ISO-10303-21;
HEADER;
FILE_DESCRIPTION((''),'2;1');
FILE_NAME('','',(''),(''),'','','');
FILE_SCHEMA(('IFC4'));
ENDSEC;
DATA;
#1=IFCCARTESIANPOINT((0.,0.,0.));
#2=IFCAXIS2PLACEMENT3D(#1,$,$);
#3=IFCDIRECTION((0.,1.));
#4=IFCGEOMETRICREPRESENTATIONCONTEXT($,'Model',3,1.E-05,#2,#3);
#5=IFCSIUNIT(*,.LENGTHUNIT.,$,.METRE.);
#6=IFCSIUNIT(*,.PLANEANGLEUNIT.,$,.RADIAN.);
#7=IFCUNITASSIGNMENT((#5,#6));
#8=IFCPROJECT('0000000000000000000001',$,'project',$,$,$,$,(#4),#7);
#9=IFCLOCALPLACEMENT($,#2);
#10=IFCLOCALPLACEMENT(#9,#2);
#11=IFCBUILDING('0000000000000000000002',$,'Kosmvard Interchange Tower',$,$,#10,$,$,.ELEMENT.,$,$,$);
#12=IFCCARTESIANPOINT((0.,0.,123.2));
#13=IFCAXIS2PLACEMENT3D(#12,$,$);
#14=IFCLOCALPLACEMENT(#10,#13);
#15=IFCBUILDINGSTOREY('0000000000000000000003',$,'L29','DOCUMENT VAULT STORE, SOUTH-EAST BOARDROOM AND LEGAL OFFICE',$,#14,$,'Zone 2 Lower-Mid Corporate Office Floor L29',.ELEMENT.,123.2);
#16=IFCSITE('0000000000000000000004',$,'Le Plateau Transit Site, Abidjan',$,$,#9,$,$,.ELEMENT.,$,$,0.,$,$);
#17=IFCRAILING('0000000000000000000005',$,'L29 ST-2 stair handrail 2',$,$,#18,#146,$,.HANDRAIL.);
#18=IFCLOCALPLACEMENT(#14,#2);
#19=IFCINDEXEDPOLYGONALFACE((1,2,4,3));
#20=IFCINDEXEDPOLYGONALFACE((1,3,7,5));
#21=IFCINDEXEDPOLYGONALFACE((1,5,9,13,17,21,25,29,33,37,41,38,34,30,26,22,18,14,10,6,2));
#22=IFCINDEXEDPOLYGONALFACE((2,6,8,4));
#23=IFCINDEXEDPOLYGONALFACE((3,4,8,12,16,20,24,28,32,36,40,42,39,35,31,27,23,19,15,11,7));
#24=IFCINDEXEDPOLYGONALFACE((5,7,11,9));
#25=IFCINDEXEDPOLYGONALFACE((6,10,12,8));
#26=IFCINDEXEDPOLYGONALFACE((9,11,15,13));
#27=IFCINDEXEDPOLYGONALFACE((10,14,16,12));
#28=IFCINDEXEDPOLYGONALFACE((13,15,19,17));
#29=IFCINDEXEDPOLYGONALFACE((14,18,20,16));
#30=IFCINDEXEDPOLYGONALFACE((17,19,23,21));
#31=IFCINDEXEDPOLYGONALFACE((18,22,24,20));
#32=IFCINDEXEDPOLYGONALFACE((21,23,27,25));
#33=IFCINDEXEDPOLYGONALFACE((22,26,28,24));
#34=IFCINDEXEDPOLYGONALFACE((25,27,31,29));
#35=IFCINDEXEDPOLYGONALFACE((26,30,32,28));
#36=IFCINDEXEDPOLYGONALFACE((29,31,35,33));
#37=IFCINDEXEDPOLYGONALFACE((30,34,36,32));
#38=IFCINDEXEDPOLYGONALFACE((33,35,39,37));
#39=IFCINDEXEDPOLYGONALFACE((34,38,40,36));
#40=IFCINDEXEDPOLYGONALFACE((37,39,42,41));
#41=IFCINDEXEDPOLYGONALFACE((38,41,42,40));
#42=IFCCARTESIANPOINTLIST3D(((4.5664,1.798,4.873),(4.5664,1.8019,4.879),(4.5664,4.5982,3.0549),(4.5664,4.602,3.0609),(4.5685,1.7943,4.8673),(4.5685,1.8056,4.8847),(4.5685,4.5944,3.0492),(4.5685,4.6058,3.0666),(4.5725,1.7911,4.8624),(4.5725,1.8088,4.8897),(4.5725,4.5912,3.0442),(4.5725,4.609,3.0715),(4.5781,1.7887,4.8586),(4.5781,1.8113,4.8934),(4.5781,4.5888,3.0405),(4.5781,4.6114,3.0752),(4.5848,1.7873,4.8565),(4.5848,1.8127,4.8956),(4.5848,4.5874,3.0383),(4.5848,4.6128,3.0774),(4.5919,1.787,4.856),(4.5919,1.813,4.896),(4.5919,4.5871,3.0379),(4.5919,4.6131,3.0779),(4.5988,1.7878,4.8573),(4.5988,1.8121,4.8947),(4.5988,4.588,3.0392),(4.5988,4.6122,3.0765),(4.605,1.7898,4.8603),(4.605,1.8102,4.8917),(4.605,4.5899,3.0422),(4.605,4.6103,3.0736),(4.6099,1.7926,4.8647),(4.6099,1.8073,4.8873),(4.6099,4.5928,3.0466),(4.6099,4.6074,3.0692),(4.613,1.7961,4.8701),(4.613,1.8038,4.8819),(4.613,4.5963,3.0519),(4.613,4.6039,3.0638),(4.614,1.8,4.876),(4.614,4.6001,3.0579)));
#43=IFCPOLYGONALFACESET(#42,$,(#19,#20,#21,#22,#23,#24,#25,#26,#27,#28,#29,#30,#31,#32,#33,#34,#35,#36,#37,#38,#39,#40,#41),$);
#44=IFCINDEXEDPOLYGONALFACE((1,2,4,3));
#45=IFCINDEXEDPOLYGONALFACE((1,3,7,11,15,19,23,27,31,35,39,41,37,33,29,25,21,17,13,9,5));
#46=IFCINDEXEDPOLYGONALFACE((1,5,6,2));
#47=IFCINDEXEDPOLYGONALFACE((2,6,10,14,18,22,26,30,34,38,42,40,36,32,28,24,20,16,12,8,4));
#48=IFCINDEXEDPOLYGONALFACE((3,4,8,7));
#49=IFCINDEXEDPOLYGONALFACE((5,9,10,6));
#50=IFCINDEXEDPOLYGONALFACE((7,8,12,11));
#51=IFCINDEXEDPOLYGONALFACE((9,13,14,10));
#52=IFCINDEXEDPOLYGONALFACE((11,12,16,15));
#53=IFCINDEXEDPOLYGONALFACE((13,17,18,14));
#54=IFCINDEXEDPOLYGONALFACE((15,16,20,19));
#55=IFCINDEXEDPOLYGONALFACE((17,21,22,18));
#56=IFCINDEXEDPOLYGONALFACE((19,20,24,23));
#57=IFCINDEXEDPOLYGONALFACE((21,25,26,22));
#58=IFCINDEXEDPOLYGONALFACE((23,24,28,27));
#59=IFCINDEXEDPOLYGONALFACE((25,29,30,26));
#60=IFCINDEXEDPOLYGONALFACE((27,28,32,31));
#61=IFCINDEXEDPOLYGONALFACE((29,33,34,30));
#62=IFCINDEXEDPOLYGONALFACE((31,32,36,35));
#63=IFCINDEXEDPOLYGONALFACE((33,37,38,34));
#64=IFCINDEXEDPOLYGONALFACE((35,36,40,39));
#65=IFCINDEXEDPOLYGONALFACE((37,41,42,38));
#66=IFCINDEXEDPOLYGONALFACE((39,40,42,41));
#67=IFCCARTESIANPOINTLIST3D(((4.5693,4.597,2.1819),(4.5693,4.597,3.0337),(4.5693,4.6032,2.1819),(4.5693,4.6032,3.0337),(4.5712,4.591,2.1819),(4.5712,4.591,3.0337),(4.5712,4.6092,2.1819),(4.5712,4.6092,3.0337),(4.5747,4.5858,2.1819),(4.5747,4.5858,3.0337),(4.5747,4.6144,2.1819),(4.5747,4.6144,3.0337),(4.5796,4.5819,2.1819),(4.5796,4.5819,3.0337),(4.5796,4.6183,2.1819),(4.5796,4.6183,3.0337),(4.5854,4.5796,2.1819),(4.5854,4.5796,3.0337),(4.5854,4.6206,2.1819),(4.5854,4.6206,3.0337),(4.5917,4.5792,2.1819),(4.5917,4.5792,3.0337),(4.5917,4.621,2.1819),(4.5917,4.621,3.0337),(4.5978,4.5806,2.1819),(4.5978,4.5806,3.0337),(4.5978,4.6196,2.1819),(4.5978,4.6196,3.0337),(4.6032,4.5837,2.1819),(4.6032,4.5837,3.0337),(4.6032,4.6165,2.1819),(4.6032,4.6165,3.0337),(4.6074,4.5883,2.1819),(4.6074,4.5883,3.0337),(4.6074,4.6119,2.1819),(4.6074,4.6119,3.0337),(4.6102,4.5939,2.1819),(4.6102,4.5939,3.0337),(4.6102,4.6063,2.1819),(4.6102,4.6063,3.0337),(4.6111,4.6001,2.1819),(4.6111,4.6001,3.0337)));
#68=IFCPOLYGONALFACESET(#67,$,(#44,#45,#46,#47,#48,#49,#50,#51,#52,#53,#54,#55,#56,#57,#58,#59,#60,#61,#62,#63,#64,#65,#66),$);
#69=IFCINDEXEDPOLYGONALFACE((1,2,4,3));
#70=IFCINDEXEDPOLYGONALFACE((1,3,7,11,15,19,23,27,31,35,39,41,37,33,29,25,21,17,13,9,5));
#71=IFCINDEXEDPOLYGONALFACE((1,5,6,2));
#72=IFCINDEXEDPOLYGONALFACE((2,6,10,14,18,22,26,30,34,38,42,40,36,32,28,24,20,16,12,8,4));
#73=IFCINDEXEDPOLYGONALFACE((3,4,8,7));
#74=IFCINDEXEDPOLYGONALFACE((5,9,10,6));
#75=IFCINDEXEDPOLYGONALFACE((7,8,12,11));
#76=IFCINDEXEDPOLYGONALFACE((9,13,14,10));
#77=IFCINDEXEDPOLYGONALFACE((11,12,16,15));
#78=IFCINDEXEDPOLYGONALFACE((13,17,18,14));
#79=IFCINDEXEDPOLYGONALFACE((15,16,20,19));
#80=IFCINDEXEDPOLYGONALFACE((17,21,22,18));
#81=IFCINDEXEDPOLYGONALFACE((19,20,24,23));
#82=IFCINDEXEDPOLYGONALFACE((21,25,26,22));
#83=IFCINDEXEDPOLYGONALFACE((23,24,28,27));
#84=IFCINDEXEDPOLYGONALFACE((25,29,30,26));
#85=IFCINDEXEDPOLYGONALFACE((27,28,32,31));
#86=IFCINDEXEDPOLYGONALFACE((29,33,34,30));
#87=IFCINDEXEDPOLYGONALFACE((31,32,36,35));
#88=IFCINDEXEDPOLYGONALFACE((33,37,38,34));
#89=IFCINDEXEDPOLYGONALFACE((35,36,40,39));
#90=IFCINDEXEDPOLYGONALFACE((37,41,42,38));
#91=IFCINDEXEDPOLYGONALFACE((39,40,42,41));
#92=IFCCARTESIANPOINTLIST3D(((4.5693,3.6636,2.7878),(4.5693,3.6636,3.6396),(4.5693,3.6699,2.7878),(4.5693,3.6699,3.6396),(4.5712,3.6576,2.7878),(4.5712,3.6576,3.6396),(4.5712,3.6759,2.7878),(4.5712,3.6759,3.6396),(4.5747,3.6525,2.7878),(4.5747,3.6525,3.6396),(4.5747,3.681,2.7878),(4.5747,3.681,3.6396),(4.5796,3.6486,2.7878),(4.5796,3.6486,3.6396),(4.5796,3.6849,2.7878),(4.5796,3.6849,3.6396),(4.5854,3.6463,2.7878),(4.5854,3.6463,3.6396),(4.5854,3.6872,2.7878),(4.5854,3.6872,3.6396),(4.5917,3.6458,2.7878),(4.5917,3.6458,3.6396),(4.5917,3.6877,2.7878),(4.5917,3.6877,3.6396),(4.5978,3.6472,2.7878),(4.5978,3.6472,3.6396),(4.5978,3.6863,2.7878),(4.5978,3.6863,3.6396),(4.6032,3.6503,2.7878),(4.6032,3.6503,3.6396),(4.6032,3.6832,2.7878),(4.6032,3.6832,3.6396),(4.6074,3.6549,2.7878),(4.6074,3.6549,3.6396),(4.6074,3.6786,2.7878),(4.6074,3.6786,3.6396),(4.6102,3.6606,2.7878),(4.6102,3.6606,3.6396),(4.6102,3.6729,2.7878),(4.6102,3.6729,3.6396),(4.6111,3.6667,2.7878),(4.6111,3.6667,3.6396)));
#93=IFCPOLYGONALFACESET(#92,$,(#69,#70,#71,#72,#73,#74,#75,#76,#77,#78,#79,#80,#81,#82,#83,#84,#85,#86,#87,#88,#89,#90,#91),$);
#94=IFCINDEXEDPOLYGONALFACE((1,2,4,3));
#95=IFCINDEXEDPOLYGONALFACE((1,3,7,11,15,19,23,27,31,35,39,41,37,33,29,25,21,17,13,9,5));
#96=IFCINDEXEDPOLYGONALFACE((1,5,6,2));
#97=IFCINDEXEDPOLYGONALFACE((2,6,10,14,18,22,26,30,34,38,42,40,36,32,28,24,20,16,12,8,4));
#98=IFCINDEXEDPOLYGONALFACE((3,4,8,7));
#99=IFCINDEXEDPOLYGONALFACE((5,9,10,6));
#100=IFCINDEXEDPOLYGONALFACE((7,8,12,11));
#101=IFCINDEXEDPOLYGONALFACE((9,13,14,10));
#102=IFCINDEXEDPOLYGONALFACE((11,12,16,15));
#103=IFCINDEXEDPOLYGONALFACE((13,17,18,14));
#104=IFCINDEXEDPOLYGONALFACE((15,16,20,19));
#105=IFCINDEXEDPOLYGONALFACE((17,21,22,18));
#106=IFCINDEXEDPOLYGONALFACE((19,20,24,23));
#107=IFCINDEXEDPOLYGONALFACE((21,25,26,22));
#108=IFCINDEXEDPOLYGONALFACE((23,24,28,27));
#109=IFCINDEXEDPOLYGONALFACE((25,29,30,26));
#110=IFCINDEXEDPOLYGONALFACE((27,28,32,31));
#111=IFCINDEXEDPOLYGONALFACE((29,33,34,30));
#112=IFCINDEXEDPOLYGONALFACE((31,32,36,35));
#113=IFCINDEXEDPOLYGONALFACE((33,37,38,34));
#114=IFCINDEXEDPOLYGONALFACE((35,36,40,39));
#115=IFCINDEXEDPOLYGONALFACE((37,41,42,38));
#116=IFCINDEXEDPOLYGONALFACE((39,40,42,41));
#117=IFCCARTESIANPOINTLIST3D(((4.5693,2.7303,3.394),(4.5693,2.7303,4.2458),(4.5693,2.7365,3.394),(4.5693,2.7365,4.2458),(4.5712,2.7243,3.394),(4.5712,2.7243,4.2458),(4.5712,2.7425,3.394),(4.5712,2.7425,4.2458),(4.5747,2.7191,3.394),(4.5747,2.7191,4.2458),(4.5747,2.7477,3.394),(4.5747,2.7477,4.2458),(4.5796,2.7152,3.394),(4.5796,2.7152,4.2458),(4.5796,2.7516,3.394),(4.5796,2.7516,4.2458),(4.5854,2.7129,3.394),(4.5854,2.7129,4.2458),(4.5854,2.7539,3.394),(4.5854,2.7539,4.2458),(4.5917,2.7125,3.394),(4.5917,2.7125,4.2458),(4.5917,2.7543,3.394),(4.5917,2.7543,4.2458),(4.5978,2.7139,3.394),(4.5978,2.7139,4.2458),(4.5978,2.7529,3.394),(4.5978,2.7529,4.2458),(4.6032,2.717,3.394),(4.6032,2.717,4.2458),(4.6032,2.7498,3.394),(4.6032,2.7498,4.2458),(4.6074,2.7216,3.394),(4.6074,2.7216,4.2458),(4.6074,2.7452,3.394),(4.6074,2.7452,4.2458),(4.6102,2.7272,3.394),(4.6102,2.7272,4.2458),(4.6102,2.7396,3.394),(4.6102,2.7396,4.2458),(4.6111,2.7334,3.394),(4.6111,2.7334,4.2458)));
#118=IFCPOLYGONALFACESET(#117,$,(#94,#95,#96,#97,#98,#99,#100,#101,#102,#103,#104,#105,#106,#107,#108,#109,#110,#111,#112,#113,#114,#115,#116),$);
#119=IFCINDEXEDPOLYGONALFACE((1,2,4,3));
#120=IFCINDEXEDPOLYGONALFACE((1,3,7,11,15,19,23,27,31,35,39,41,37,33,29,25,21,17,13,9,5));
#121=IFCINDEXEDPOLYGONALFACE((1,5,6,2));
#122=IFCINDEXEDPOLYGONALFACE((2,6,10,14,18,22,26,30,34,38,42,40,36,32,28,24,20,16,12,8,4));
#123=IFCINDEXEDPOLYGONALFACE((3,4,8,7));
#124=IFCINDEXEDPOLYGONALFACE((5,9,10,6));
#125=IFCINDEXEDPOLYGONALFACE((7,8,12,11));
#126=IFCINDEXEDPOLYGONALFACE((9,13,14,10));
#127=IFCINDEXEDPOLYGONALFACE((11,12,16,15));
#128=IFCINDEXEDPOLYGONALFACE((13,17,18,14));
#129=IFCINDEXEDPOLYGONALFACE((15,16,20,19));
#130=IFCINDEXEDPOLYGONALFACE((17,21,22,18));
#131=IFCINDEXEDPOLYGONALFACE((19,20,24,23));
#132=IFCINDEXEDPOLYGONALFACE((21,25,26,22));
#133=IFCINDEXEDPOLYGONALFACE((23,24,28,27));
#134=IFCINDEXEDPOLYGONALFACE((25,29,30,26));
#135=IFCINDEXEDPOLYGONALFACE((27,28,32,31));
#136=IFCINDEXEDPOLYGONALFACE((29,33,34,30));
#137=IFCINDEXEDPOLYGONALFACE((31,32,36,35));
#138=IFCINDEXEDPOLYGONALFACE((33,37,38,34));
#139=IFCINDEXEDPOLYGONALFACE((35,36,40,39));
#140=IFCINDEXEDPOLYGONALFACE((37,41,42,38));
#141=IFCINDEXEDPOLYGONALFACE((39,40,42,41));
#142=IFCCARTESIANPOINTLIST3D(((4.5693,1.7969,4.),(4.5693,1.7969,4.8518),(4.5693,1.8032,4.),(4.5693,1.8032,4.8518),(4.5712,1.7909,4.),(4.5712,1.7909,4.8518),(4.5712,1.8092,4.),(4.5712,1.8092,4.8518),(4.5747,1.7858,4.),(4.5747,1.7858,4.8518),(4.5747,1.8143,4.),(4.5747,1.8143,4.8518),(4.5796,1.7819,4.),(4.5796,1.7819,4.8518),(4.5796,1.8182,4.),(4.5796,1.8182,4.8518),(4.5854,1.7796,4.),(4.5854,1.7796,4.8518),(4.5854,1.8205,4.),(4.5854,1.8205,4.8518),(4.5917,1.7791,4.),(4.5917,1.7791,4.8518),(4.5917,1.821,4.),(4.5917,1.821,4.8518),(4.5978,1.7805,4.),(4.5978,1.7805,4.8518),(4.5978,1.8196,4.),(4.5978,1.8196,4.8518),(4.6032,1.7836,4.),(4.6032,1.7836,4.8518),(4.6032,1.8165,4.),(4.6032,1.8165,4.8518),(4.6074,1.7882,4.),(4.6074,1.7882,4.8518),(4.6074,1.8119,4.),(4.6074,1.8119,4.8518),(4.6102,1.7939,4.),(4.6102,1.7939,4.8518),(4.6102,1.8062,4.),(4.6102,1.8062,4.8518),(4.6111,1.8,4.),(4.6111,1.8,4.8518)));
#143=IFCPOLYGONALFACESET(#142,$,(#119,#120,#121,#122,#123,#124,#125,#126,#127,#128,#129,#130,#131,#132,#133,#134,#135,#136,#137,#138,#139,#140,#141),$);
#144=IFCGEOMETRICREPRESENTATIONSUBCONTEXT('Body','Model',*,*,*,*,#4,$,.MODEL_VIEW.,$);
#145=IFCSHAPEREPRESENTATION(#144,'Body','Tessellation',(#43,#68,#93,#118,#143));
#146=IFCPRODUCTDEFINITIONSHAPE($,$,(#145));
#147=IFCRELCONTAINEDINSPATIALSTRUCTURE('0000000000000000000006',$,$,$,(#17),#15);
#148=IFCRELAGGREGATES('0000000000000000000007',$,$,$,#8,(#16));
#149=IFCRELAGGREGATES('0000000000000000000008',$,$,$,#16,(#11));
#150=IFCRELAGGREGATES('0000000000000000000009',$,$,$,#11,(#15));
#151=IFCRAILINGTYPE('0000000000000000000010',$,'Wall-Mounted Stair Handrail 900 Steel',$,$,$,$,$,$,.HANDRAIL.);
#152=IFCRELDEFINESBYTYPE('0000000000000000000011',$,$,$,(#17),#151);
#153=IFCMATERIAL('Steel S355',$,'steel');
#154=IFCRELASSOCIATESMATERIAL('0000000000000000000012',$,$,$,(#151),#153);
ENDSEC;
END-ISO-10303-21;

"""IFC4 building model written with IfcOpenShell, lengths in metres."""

from ifc_helpers import new_model, si_unit, direction, frame, origin, origin_2d, place, context, subcontext, project, spatial, circle, extrude, source, transform, mapped, material, type_object, element, save


model = new_model("IFC4")

# Units and contexts
model_context = context("Model", 3, precision=1e-05, world=origin(), true_north=direction((0.0, 1.0)))
body_context = subcontext(model_context, "Body", "Model", "MODEL_VIEW")
ifc_project = project(units=[si_unit("LENGTHUNIT", "METRE"), si_unit("PLANEANGLEUNIT", "RADIAN")], contexts=[model_context])

# Site, building, storey
site_placement = place(None, origin())
site = spatial("IfcSite", under=ifc_project, at=site_placement, Name="Le Plateau Transit Site, Abidjan", CompositionType="ELEMENT", RefElevation=0.0)
building_placement = place(site_placement, origin())
building = spatial("IfcBuilding", under=site, at=building_placement, Name="Kosmvard Interchange Tower", CompositionType="ELEMENT")
storey_placement = place(building_placement, frame((0.0, 0.0, 123.2)))
storey = spatial("IfcBuildingStorey", under=building, at=storey_placement, Name="L29", Description="DOCUMENT VAULT STORE, SOUTH-EAST BOARDROOM AND LEGAL OFFICE", LongName="Zone 2 Lower-Mid Corporate Office Floor L29", CompositionType="ELEMENT", Elevation=123.2)

# Shared definitions
ifc_material_1 = material(Name="Steel S355", Category="steel")

# Railing
railing_type_1 = type_object("IfcRailingType", Name="Wall-Mounted Stair Handrail 900 Steel", PredefinedType="HANDRAIL", material=ifc_material_1)
shared_shape_1 = source(origin(), body_context, "Body", "SweptSolid", [
    extrude(circle(Radius=0.0239, at=origin_2d()), frame((0.0, 0.0, 0.876), z_axis=(0.0, -0.838706, 0.544585), x_axis=(1.0, 0.0, 0.0)), (0.0, 0.0, 1.0), 3.3386),
    extrude(circle(Radius=0.021, at=origin_2d()), origin(), (0.0, 0.0, 1.0), 0.8518),
    extrude(circle(Radius=0.021, at=origin_2d()), frame((0.0, -0.9333, 0.606)), (0.0, 0.0, 1.0), 0.8518),
    extrude(circle(Radius=0.021, at=origin_2d()), frame((0.0, -1.8667, 1.2122)), (0.0, 0.0, 1.0), 0.8518),
    extrude(circle(Radius=0.021, at=origin_2d()), frame((0.0, -2.8, 1.8181)), (0.0, 0.0, 1.0), 0.8518),
])
railing_1_placement = place(storey_placement, frame((4.5901, 4.6001, 2.1819)))
element("IfcRailing", 1, at=railing_1_placement, inside=storey, type_object=railing_type_1, Name="L29 ST-2 stair handrail 2", PredefinedType="HANDRAIL", context=body_context, shape_type="MappedRepresentation", body=[
    mapped(shared_shape_1, transform((0.0, 0.0, 0.0), scale=1.0)),
])

save(model, "model.ifc")
